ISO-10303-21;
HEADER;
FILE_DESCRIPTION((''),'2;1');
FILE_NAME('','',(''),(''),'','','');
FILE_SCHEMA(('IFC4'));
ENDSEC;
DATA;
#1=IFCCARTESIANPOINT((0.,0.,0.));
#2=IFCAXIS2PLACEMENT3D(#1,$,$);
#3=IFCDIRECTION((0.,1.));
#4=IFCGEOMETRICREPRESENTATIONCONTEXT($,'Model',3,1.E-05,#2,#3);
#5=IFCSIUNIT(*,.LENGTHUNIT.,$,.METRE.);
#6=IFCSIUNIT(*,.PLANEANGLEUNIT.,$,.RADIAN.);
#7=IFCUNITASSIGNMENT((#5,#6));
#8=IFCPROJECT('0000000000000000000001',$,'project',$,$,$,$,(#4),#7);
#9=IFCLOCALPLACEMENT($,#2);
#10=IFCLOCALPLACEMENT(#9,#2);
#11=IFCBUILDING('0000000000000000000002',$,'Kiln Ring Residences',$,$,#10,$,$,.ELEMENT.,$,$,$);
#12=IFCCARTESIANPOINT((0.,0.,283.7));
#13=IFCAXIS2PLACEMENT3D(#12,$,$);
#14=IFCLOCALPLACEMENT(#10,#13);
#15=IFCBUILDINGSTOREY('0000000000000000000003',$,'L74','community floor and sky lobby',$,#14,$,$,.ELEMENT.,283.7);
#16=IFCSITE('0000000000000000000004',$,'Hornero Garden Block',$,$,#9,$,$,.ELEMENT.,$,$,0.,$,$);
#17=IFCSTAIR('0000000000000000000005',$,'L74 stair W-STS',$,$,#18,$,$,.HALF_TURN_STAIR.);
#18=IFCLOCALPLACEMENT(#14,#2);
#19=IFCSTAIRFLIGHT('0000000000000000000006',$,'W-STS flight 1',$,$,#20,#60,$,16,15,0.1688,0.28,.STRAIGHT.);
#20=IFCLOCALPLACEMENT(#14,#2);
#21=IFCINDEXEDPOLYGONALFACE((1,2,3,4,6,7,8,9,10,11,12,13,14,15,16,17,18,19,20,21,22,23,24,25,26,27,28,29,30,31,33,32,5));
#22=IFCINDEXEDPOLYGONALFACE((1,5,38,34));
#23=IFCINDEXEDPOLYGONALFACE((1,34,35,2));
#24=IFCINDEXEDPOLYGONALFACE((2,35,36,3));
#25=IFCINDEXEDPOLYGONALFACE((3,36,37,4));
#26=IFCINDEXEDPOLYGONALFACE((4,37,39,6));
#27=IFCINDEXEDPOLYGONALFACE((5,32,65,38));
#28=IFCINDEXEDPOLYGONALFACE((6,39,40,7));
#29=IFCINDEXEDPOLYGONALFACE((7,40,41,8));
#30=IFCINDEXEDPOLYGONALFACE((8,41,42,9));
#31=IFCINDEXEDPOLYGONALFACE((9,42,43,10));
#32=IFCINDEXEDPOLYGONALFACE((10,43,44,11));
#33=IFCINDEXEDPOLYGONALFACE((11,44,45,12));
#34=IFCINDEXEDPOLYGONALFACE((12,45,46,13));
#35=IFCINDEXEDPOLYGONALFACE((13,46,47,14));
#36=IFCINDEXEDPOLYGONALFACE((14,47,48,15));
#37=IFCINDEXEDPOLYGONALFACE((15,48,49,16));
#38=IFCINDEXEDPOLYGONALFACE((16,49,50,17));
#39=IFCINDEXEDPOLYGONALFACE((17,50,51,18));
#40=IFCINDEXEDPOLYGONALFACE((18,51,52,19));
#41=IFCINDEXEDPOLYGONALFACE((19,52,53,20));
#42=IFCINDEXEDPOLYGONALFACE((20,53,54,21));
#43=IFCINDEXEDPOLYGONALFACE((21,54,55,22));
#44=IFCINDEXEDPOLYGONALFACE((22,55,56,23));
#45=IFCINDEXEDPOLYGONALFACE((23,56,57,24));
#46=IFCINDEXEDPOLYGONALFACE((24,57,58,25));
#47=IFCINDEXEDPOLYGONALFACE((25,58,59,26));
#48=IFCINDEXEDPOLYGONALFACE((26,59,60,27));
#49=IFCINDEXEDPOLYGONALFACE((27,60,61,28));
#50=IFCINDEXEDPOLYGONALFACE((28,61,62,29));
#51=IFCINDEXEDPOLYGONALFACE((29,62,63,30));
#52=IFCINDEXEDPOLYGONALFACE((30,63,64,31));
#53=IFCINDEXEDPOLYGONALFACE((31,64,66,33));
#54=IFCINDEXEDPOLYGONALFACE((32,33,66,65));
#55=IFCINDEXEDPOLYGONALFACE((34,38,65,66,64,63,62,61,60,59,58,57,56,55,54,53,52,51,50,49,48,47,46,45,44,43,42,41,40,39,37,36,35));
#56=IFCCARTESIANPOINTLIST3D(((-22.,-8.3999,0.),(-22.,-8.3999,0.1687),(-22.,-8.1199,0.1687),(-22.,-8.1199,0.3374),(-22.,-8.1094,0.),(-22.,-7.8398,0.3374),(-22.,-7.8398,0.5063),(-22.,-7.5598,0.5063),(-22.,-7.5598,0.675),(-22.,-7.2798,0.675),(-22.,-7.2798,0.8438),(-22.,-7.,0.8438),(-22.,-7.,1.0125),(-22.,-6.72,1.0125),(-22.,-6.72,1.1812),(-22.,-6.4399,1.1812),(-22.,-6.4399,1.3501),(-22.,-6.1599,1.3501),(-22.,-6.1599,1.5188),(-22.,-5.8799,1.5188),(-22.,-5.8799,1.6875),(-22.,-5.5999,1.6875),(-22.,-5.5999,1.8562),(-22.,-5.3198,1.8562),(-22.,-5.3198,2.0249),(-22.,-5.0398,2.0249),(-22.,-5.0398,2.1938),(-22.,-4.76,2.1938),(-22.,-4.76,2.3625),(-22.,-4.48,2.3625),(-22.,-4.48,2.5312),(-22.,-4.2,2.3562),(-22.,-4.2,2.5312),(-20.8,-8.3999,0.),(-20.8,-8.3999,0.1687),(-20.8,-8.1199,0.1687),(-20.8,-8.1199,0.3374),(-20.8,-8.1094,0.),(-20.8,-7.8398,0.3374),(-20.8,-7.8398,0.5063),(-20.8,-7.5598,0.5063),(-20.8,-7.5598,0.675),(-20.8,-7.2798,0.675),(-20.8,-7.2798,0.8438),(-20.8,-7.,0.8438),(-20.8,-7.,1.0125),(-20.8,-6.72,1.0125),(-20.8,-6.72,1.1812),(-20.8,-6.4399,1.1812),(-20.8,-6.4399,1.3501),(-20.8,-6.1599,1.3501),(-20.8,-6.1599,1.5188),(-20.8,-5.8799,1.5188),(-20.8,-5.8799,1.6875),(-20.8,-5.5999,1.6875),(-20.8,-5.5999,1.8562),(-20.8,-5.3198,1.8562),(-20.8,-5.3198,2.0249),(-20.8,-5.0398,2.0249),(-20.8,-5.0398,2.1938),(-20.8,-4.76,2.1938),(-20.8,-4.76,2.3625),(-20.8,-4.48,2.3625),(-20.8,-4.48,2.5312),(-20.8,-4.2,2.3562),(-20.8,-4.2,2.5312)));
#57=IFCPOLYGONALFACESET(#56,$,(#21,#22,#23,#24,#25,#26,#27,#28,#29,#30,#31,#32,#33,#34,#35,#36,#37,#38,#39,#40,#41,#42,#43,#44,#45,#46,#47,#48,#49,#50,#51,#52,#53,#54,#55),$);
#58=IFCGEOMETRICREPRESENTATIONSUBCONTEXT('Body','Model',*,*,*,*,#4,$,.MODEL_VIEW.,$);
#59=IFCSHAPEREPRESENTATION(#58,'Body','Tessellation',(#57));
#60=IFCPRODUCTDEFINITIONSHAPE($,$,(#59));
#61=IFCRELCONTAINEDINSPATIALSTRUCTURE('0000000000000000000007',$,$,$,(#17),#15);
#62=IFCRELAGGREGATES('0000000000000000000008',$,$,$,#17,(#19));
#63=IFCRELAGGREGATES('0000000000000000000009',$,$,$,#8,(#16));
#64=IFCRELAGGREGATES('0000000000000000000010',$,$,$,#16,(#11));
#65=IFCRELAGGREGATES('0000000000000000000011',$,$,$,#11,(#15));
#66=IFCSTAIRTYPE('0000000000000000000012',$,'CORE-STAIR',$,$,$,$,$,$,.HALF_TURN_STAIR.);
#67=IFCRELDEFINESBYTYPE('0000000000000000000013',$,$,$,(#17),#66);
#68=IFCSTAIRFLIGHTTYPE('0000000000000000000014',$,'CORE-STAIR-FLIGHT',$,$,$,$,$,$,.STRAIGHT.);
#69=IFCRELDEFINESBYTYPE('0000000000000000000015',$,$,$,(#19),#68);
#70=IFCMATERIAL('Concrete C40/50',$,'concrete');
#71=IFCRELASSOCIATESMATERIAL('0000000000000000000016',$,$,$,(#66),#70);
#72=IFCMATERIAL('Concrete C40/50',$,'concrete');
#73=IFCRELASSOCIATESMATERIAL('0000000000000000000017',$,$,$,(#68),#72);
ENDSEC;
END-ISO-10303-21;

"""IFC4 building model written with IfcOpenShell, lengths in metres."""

from ifc_helpers import new_model, si_unit, direction, frame, origin, place, context, subcontext, project, spatial, polyline, outline, extrude, material, type_object, element, aggregate, save


model = new_model("IFC4")

# Units and contexts
model_context = context("Model", 3, precision=1e-05, world=origin(), true_north=direction((0.0, 1.0)))
body_context = subcontext(model_context, "Body", "Model", "MODEL_VIEW")
ifc_project = project(units=[si_unit("LENGTHUNIT", "METRE"), si_unit("PLANEANGLEUNIT", "RADIAN")], contexts=[model_context])

# Site, building, storey
site_placement = place(None, origin())
site = spatial("IfcSite", under=ifc_project, at=site_placement, Name="Hornero Garden Block", CompositionType="ELEMENT", RefElevation=0.0)
building_placement = place(site_placement, origin())
building = spatial("IfcBuilding", under=site, at=building_placement, Name="Kiln Ring Residences", CompositionType="ELEMENT")
storey_placement = place(building_placement, frame((0.0, 0.0, 283.7)))
storey = spatial("IfcBuildingStorey", under=building, at=storey_placement, Name="L74", Description="community floor and sky lobby", CompositionType="ELEMENT", Elevation=283.7)

# Shared definitions
placement = place(storey_placement, origin())

# Stair, stair flight
ifc_material_1 = material(Name="Concrete C40/50", Category="concrete")
stair_type = type_object("IfcStairType", Name="CORE-STAIR", PredefinedType="HALF_TURN_STAIR", material=ifc_material_1)
stair = element("IfcStair", 1, at=placement, inside=storey, type_object=stair_type, Name="L74 stair W-STS", PredefinedType="HALF_TURN_STAIR")
ifc_material_2 = material(Name="Concrete C40/50", Category="concrete")
stair_flight_type = type_object("IfcStairFlightType", Name="CORE-STAIR-FLIGHT", PredefinedType="STRAIGHT", material=ifc_material_2)
stair_flight_placement = place(storey_placement, frame((-21.3999, -8.3999, 0.0), z_axis=(0.0, 0.0, 1.0), x_axis=(0.0, 1.0, 0.0)))
stair_flight = element("IfcStairFlight", 2, at=stair_flight_placement, type_object=stair_flight_type, Name="W-STS flight 1", NumberOfRisers=16, NumberOfTreads=15, PredefinedType="STRAIGHT", RiserHeight=0.1688, TreadLength=0.28, context=body_context, shape_type="SweptSolid", body=[
    extrude(outline(polyline([(0.0, 0.0), (0.0, 0.1687), (0.28, 0.1687), (0.28, 0.3374), (0.5601, 0.3374), (0.5601, 0.5063), (0.8401, 0.5063), (0.8401, 0.675), (1.1201, 0.675), (1.1201, 0.8438), (1.3999, 0.8438), (1.3999, 1.0125), (1.6799, 1.0125), (1.6799, 1.1812), (1.96, 1.1812), (1.96, 1.3501), (2.24, 1.3501), (2.24, 1.5188), (2.52, 1.5188), (2.52, 1.6875), (2.8, 1.6875), (2.8, 1.8562), (3.0801, 1.8562), (3.0801, 2.0249), (3.3601, 2.0249), (3.3601, 2.1938), (3.6399, 2.1938), (3.6399, 2.3625), (3.9199, 2.3625), (3.9199, 2.5312), (4.2, 2.5312), (4.2, 2.7), (4.2, 2.3562), (0.2905, 0.0), (0.0, 0.0)])), frame((0.0, 0.6001, 0.0), z_axis=(0.0, -1.0, 0.0), x_axis=(1.0, 0.0, 0.0)), (0.0, 0.0, 1.0), 1.2),
])
aggregate(stair, [stair_flight])

save(model, "model.ifc")
